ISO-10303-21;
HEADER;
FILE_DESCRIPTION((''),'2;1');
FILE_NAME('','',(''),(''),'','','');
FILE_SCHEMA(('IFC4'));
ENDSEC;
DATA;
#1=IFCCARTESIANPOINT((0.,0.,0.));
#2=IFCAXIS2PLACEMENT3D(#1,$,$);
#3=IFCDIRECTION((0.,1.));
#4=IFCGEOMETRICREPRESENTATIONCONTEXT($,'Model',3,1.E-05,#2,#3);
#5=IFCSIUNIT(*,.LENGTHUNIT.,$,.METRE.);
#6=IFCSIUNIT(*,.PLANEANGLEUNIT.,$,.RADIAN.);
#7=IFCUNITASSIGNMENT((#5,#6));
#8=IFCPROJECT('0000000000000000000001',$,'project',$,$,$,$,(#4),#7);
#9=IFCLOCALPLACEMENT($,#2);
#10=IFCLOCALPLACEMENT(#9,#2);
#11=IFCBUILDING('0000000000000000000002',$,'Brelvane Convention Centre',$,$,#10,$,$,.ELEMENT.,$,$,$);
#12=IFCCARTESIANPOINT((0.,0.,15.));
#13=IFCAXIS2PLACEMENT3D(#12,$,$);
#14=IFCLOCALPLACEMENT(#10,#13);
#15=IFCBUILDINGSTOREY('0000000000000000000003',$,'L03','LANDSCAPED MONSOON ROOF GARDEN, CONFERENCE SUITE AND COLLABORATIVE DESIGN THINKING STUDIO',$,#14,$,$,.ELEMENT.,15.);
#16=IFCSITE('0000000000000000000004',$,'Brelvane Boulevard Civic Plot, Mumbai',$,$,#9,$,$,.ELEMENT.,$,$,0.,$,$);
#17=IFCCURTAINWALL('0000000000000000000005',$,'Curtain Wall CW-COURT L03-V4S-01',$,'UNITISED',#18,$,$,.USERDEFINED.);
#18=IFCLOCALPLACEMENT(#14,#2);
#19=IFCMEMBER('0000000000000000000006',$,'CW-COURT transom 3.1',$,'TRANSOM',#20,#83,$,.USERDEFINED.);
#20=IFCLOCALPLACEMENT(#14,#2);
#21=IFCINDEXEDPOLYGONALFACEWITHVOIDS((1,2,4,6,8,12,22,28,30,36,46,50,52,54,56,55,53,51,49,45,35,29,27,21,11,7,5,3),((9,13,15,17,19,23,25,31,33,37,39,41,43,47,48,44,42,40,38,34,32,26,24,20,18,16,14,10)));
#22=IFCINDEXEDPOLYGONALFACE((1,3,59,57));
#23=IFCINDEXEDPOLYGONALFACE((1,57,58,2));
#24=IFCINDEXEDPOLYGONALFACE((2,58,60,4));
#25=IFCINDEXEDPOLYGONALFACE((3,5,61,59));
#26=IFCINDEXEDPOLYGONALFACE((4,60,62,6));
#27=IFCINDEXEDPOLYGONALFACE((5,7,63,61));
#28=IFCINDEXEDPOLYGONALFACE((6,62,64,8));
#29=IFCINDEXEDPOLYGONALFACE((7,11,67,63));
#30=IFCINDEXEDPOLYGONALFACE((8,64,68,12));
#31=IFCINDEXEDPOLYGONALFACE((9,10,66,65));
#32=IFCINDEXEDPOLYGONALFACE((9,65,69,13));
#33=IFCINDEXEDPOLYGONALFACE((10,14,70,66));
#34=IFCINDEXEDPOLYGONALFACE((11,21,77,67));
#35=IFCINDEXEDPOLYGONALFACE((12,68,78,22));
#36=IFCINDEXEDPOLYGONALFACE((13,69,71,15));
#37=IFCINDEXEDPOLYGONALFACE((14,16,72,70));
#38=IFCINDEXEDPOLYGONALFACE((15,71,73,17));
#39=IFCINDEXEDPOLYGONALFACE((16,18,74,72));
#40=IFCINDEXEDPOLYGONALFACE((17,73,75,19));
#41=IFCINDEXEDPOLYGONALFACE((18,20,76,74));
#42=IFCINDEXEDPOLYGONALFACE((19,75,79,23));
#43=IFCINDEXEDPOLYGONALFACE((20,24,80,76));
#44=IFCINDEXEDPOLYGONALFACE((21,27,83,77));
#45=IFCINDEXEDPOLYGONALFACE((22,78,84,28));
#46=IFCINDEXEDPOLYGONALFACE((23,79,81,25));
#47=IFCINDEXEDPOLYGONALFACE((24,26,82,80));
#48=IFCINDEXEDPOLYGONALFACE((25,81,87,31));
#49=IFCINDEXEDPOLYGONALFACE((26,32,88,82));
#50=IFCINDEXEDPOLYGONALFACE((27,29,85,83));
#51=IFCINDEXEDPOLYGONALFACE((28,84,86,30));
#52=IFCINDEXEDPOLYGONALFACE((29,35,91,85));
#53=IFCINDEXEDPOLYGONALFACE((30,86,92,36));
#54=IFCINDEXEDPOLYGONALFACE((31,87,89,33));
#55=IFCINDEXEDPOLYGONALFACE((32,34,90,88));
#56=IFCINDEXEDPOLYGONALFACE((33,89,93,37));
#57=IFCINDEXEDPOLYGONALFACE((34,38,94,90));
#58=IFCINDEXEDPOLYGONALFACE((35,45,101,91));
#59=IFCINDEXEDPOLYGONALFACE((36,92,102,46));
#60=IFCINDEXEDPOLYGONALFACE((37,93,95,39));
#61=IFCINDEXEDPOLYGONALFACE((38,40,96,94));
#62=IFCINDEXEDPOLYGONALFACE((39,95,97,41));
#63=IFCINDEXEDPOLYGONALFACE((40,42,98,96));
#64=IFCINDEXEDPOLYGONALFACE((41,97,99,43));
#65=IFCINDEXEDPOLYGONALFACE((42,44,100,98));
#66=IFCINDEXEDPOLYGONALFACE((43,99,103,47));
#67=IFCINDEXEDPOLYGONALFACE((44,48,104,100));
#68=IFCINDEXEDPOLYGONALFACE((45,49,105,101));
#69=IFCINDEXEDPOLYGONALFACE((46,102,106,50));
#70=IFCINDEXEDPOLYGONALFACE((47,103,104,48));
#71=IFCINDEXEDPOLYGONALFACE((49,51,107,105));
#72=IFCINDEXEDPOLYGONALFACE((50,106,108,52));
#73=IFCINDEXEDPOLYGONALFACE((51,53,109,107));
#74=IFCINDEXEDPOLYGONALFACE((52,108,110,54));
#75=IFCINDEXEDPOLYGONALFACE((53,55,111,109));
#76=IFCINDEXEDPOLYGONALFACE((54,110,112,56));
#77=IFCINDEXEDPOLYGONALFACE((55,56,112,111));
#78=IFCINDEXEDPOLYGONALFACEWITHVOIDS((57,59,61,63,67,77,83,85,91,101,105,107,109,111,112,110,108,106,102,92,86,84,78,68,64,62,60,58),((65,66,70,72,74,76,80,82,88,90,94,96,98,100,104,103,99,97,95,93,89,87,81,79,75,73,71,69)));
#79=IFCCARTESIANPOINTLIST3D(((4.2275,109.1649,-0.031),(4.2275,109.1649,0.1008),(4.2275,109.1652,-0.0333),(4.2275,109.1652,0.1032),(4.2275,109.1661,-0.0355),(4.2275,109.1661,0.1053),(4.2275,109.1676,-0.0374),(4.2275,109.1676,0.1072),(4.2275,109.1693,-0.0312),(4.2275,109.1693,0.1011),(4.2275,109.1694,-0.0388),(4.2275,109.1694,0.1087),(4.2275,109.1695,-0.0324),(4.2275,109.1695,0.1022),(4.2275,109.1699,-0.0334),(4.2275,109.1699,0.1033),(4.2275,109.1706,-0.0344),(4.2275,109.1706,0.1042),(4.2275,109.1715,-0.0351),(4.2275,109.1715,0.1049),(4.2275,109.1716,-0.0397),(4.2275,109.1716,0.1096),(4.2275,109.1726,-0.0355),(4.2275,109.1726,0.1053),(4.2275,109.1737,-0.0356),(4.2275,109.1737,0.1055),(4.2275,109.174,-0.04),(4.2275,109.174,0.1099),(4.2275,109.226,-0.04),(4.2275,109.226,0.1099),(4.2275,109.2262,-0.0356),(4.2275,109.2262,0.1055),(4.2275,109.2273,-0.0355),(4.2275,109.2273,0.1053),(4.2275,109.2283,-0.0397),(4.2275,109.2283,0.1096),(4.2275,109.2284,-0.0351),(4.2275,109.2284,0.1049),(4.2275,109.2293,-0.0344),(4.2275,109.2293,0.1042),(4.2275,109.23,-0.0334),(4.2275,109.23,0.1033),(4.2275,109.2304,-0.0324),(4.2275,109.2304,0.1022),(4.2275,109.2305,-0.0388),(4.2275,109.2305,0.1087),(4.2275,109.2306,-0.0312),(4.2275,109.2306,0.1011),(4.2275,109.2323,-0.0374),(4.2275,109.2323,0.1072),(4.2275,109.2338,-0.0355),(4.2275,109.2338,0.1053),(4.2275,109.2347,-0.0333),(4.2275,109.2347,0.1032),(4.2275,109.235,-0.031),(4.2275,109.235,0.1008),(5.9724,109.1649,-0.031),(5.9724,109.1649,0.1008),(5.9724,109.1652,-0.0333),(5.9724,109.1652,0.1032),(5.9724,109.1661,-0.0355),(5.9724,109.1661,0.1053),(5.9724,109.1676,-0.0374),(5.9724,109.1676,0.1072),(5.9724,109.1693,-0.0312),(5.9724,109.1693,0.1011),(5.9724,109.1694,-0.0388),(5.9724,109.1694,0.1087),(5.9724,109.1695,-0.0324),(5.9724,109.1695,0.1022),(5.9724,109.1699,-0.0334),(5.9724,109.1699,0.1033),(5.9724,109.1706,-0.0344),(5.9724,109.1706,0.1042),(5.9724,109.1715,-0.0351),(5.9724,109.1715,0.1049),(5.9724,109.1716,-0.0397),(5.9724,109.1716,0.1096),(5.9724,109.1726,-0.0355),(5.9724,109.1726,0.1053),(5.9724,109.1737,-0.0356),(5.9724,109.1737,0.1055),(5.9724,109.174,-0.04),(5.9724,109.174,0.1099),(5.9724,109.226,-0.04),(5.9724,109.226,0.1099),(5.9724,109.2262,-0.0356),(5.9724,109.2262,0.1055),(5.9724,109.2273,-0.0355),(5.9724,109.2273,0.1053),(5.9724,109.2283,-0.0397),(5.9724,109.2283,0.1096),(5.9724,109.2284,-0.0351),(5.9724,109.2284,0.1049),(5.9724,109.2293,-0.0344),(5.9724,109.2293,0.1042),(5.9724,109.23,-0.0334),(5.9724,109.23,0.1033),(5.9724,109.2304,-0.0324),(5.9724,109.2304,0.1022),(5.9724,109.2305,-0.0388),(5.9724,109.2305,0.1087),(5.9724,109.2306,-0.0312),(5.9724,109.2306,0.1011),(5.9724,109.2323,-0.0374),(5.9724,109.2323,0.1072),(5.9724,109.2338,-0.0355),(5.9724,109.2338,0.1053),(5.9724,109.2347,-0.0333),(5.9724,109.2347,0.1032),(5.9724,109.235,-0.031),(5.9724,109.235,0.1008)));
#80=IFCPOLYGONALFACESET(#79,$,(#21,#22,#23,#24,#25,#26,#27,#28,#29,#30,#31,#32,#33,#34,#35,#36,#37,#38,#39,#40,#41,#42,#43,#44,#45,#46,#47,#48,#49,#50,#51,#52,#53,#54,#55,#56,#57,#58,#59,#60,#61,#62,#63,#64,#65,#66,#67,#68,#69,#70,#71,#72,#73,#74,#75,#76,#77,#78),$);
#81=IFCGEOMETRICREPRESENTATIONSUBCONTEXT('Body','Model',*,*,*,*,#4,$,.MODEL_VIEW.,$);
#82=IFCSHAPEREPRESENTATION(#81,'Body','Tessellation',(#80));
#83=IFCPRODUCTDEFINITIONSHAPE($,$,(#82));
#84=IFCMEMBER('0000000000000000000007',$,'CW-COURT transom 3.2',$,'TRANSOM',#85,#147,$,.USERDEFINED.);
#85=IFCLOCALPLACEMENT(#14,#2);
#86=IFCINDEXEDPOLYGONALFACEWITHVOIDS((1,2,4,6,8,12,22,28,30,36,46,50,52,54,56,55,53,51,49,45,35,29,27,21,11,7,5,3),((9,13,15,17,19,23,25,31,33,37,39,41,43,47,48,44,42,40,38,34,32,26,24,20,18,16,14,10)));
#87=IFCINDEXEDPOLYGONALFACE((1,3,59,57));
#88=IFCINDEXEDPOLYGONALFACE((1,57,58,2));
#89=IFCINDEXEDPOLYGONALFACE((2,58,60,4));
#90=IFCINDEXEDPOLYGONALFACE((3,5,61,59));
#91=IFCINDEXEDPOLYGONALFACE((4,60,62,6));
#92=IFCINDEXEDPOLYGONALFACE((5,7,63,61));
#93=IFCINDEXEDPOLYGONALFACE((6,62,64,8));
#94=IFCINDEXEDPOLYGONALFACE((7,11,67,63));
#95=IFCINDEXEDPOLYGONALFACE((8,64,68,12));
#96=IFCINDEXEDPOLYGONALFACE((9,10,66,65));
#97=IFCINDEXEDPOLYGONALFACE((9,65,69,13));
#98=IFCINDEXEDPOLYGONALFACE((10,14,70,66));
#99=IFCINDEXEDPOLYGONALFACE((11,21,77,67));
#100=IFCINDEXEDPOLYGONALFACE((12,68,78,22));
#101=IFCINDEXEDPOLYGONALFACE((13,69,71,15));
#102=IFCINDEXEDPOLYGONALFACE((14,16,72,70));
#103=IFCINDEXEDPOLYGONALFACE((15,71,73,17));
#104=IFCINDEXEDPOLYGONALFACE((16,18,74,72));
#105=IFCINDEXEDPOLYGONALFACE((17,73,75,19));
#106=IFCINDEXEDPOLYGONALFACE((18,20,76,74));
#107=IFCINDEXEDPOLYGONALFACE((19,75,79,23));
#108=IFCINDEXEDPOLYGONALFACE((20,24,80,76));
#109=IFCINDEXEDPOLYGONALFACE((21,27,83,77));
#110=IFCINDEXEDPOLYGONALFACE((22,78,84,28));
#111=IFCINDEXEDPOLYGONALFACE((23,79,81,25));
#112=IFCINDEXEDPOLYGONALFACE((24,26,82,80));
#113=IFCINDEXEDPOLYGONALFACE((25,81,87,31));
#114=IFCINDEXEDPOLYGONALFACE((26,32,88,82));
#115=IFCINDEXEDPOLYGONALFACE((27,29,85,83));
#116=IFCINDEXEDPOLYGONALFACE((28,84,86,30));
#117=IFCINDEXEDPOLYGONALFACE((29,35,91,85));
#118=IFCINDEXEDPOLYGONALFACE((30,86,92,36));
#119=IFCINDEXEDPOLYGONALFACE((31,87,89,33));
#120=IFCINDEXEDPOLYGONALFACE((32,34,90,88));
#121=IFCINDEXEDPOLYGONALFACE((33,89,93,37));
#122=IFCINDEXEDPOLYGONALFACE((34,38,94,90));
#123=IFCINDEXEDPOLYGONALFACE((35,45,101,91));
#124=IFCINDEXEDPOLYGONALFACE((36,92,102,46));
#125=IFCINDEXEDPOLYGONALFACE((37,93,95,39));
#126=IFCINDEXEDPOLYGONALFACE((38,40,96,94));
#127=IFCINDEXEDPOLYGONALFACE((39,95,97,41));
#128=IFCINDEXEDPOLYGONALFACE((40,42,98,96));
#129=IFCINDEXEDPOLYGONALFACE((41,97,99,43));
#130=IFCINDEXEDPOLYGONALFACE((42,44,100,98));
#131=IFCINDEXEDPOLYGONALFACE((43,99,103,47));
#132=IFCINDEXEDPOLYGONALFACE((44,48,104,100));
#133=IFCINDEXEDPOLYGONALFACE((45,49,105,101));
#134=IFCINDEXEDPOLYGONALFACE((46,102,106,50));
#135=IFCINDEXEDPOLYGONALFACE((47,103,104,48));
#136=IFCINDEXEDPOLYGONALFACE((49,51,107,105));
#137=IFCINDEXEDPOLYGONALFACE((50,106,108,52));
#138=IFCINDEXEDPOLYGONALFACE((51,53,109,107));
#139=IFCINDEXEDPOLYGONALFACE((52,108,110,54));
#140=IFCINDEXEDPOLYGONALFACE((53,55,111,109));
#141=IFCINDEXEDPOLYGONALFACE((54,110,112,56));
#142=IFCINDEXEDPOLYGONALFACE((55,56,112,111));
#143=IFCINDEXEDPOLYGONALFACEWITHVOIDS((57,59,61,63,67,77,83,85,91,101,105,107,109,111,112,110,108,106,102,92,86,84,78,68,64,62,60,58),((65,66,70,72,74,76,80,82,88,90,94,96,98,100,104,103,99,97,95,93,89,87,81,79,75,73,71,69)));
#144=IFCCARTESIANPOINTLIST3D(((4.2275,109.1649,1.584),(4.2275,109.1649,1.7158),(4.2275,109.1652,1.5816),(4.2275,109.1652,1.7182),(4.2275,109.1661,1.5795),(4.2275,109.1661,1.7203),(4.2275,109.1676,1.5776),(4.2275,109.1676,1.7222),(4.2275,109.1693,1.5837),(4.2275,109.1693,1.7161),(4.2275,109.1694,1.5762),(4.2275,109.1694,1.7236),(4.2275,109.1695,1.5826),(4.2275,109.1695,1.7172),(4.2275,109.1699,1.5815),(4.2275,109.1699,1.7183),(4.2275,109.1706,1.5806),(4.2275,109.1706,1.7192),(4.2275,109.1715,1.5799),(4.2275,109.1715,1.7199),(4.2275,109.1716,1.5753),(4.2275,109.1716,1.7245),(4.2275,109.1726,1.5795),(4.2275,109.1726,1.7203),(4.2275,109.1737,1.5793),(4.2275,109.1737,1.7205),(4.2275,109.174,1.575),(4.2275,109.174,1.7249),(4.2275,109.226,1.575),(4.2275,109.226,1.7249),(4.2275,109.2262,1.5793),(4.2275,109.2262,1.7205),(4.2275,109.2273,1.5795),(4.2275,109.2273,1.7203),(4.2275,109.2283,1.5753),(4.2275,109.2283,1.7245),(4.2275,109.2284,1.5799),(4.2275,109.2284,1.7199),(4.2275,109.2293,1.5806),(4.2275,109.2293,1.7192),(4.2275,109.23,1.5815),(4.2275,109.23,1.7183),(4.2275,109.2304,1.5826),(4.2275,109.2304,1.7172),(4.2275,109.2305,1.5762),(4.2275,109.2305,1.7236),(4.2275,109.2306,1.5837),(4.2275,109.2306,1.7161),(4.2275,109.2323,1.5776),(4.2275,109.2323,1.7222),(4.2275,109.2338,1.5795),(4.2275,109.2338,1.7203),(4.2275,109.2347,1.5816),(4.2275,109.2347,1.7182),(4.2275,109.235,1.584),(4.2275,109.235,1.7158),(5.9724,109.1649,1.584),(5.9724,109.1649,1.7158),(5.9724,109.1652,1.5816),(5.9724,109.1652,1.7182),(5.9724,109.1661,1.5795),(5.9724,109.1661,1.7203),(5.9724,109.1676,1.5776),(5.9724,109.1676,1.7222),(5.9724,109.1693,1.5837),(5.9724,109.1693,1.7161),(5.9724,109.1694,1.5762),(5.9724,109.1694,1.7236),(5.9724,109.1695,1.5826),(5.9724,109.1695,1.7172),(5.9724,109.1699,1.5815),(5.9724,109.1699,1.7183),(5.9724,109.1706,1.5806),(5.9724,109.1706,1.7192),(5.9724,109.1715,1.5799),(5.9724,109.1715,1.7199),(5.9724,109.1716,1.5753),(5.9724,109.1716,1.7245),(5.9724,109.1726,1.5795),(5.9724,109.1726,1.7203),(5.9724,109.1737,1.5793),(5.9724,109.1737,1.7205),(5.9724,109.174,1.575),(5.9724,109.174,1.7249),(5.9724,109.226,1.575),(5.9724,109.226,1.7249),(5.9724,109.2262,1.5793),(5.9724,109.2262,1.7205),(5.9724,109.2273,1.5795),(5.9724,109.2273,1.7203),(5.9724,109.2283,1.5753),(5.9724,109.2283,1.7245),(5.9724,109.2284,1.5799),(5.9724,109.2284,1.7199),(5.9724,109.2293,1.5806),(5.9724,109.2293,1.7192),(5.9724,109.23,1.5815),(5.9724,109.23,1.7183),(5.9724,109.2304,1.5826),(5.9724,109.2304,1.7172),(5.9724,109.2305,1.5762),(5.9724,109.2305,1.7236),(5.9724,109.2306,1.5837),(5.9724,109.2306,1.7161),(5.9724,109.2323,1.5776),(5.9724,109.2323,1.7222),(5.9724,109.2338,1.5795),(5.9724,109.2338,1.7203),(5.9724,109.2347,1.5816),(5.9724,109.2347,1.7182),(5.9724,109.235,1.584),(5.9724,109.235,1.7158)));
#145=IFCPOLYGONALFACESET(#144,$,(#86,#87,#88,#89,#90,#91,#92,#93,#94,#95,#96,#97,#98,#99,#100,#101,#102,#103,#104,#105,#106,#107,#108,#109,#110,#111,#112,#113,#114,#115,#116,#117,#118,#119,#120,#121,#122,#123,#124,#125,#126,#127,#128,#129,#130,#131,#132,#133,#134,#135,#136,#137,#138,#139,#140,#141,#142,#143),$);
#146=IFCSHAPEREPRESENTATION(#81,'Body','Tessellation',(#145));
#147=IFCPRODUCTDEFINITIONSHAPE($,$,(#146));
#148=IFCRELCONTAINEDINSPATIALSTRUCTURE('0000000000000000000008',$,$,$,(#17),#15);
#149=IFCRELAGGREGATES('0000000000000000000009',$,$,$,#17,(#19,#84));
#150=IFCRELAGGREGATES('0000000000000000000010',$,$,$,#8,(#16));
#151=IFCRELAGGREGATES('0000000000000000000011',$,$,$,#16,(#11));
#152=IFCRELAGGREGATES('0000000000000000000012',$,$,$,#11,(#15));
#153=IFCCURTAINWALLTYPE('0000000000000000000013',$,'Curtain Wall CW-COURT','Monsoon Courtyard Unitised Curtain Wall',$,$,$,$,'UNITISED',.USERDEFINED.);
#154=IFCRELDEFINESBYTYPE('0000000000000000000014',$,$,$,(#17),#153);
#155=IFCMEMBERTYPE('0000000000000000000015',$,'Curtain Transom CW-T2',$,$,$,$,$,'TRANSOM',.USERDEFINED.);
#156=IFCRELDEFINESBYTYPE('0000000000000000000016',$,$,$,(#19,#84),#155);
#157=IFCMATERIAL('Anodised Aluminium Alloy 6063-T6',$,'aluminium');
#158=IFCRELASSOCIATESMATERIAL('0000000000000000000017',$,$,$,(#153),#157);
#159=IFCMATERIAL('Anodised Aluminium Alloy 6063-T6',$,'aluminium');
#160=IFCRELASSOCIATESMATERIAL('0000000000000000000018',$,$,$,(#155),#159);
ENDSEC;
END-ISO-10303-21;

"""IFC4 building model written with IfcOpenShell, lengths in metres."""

from ifc_helpers import new_model, si_unit, direction, frame, origin, origin_2d, place, context, subcontext, project, spatial, hollow_rectangle, extrude, material, material_profile, profile_set, type_object, element, aggregate, save


model = new_model("IFC4")

# Units and contexts
model_context = context("Model", 3, precision=1e-05, world=origin(), true_north=direction((0.0, 1.0)))
body_context = subcontext(model_context, "Body", "Model", "MODEL_VIEW")
ifc_project = project(units=[si_unit("LENGTHUNIT", "METRE"), si_unit("PLANEANGLEUNIT", "RADIAN")], contexts=[model_context])

# Site, building, storey
site_placement = place(None, origin())
site = spatial("IfcSite", under=ifc_project, at=site_placement, Name="Brelvane Boulevard Civic Plot, Mumbai", CompositionType="ELEMENT", RefElevation=0.0)
building_placement = place(site_placement, origin())
building = spatial("IfcBuilding", under=site, at=building_placement, Name="Brelvane Convention Centre", CompositionType="ELEMENT")
storey_placement = place(building_placement, frame((0.0, 0.0, 15.0)))
storey = spatial("IfcBuildingStorey", under=building, at=storey_placement, Name="L03", Description="LANDSCAPED MONSOON ROOF GARDEN, CONFERENCE SUITE AND COLLABORATIVE DESIGN THINKING STUDIO", CompositionType="ELEMENT", Elevation=15.0)

# Curtain wall, members
ifc_material_1 = material(Name="Anodised Aluminium Alloy 6063-T6", Category="aluminium")
curtain_wall_type = type_object("IfcCurtainWallType", Name="Curtain Wall CW-COURT", Description="Monsoon Courtyard Unitised Curtain Wall", ElementType="UNITISED", PredefinedType="USERDEFINED", material=ifc_material_1)
curtain_wall_placement = place(storey_placement, origin())
curtain_wall = element("IfcCurtainWall", 1, at=curtain_wall_placement, inside=storey, type_object=curtain_wall_type, Name="Curtain Wall CW-COURT L03-V4S-01", ObjectType="UNITISED", PredefinedType="USERDEFINED")
ifc_material_2 = material(Name="Anodised Aluminium Alloy 6063-T6", Category="aluminium")
ifc_material_profile_1 = material_profile(ifc_material_2, hollow_rectangle(XDim=0.0701, YDim=0.1499, WallThickness=0.0044, InnerFilletRadius=0.0044, OuterFilletRadius=0.009, at=origin_2d()), Name="ALU-T 150x70x4.5")
ifc_profile_set_1 = profile_set([ifc_material_profile_1], Name="Anodised Aluminium Alloy 6063-T6")
member_type_1 = type_object("IfcMemberType", Name="Curtain Transom CW-T2", ElementType="TRANSOM", PredefinedType="USERDEFINED", material=ifc_profile_set_1)
member_1_placement = place(storey_placement, frame((4.2275, 109.2, 0.0349), z_axis=(1.0, 0.0, 0.0), x_axis=(0.0, 1.0, 0.0)))
member_1 = element("IfcMember", 2, at=member_1_placement, type_object=member_type_1, Name="CW-COURT transom 3.1", ObjectType="TRANSOM", PredefinedType="USERDEFINED", context=body_context, shape_type="SweptSolid", body=[
    extrude(hollow_rectangle(XDim=0.0701, YDim=0.1499, WallThickness=0.0044, InnerFilletRadius=0.0044, OuterFilletRadius=0.009, at=origin_2d()), origin(), (0.0, 0.0, 1.0), 1.7449),
])
member_2_placement = place(storey_placement, frame((4.2275, 109.2, 1.6499), z_axis=(1.0, 0.0, 0.0), x_axis=(0.0, 1.0, 0.0)))
member_2 = element("IfcMember", 3, at=member_2_placement, type_object=member_type_1, Name="CW-COURT transom 3.2", ObjectType="TRANSOM", PredefinedType="USERDEFINED", context=body_context, shape_type="SweptSolid", body=[
    extrude(hollow_rectangle(XDim=0.0701, YDim=0.1499, WallThickness=0.0044, InnerFilletRadius=0.0044, OuterFilletRadius=0.009, at=origin_2d()), origin(), (0.0, 0.0, 1.0), 1.7449),
])

aggregate(curtain_wall, [member_1, member_2])

save(model, "model.ifc")
